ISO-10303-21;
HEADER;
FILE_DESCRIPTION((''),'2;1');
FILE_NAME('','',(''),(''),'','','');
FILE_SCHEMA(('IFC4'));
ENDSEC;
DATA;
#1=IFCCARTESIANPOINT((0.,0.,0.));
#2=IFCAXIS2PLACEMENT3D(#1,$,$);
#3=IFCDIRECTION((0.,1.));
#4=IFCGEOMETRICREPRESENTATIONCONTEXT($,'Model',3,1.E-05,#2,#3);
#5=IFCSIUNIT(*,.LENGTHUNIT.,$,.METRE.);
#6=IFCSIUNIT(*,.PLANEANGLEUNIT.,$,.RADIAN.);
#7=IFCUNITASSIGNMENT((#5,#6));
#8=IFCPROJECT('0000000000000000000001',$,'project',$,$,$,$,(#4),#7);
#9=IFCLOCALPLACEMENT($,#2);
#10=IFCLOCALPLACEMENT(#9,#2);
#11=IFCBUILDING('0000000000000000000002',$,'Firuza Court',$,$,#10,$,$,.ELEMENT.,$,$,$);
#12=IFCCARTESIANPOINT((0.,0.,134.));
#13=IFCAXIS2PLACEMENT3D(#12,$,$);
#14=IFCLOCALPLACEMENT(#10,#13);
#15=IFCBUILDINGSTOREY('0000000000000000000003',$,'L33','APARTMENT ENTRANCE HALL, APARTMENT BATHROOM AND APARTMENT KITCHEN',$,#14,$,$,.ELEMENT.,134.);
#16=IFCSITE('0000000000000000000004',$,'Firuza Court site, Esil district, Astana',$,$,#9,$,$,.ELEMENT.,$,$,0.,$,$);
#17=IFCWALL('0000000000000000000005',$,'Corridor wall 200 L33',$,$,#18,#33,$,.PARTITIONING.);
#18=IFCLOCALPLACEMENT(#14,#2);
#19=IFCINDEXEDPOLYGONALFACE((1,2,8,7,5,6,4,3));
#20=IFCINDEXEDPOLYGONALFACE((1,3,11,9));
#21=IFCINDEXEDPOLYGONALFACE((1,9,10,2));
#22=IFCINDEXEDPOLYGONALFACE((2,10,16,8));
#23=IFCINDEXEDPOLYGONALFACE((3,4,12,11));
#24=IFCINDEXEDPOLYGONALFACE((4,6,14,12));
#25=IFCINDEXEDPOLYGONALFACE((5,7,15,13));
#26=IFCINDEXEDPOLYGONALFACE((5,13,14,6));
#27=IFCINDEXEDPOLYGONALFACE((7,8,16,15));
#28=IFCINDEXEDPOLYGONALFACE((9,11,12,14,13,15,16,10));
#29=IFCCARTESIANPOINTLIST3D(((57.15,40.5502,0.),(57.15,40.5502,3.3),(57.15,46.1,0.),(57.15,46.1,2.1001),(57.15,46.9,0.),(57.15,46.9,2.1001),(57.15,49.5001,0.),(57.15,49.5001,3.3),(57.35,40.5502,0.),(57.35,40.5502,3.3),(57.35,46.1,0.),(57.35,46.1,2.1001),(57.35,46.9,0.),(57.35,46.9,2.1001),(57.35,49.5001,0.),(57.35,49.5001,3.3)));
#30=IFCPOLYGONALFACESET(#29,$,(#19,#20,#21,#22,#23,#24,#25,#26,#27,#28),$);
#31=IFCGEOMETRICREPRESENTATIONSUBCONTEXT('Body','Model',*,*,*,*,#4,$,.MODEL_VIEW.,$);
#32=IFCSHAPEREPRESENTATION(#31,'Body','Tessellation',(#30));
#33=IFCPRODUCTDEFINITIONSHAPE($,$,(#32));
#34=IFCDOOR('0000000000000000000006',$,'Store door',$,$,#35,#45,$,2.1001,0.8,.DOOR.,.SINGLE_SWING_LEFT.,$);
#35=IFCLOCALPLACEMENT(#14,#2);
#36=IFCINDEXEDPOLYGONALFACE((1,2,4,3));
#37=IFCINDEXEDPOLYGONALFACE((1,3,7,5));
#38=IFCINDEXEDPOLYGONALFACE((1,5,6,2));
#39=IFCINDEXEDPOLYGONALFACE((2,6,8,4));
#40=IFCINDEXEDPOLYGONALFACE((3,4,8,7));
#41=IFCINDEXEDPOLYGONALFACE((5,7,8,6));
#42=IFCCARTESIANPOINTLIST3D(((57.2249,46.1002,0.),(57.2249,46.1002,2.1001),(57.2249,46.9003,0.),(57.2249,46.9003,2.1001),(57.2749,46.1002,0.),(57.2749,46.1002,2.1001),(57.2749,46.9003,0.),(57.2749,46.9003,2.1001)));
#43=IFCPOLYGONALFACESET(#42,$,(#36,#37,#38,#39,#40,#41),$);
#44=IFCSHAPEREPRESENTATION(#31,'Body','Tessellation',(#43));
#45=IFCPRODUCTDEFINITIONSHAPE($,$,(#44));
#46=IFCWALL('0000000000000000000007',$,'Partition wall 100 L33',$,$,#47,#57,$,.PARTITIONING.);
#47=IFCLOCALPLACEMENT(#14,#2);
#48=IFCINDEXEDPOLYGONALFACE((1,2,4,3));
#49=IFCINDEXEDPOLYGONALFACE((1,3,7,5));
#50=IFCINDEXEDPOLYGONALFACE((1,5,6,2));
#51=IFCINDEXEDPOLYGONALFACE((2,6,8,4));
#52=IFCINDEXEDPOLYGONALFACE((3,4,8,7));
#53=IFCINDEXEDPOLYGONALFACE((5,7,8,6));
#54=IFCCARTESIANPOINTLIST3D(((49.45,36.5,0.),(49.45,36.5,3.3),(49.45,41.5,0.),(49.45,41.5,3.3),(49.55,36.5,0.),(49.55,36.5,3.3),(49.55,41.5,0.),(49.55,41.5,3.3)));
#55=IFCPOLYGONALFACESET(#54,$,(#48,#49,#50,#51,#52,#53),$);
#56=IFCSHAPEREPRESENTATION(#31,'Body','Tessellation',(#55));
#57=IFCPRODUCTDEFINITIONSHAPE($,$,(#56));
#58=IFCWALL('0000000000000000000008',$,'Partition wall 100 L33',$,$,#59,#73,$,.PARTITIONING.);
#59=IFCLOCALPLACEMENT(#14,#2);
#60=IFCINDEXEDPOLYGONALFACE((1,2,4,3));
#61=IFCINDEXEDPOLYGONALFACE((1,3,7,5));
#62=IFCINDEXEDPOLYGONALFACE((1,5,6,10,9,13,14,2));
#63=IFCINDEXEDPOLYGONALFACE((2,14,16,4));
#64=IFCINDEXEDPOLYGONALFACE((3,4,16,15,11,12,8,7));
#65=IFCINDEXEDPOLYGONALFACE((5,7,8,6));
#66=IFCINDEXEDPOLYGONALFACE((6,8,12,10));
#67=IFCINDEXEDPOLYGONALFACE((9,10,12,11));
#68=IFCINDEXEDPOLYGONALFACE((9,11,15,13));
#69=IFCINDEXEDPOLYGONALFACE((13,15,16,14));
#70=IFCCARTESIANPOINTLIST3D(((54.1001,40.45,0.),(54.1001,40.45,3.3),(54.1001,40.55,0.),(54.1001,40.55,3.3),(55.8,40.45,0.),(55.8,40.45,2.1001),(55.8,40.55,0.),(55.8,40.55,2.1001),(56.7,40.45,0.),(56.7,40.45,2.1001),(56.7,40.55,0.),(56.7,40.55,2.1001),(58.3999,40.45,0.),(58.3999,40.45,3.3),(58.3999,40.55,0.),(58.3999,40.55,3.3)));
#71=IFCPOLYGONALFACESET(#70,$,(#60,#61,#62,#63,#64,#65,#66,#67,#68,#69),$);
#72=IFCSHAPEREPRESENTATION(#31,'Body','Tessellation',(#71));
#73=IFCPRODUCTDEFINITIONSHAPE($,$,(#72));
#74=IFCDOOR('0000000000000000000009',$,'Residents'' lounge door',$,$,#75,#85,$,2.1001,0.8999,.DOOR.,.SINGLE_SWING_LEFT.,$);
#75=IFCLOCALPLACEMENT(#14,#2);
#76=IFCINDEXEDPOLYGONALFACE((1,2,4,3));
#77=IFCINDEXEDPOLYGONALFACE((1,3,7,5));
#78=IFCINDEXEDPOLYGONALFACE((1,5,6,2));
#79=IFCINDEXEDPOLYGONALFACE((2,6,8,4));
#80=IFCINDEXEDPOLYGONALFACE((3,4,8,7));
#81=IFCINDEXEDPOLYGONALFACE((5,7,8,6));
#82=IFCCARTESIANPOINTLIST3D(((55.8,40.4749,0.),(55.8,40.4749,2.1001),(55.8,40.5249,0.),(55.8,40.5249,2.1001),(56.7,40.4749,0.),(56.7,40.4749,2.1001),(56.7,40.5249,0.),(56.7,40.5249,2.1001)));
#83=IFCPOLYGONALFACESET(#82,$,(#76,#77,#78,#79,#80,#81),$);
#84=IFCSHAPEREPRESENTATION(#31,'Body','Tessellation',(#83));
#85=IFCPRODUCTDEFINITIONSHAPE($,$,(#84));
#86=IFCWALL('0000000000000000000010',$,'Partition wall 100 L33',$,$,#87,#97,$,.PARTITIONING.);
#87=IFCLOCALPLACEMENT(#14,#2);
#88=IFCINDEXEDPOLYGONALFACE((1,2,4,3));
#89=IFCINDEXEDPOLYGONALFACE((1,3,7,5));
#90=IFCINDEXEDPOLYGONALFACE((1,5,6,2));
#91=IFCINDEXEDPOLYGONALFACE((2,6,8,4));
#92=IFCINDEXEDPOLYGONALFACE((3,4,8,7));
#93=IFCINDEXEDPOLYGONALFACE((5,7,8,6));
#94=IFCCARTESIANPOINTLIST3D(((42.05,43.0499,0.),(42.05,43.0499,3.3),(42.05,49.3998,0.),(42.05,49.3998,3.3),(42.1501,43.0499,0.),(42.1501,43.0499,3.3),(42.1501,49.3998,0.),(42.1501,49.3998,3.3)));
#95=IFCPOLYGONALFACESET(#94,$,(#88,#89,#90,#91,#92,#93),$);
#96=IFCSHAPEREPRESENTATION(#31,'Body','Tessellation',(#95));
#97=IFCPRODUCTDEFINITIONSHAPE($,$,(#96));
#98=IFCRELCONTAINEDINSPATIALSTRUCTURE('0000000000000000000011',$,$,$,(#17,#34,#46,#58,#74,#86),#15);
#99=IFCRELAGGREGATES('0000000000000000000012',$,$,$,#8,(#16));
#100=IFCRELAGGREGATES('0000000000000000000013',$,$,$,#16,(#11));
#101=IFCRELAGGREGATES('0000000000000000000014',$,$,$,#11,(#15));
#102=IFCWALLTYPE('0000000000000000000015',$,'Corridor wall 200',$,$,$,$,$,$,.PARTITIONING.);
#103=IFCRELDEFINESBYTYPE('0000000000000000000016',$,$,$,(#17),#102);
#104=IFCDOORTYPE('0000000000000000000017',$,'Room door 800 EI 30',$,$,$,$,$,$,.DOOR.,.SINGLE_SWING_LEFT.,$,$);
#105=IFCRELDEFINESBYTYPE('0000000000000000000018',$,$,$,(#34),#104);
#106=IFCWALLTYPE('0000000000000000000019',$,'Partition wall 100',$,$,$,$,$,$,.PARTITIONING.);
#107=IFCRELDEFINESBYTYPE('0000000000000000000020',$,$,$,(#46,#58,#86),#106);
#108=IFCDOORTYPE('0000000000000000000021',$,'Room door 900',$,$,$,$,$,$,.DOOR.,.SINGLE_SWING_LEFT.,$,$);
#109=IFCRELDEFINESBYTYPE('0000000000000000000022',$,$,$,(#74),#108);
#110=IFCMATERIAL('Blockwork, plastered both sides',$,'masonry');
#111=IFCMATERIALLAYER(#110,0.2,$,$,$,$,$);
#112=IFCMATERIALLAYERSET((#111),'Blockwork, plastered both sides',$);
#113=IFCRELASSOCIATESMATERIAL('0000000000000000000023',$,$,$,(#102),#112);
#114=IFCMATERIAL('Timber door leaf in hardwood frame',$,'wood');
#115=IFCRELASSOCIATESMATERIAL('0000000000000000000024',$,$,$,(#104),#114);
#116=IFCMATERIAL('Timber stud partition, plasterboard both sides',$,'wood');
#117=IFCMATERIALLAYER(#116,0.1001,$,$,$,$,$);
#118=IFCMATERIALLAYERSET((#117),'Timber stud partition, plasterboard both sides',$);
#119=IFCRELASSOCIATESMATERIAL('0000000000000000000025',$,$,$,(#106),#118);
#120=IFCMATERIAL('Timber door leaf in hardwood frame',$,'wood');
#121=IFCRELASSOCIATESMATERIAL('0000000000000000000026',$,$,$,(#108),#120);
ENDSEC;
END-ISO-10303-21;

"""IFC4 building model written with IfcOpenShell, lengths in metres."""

from ifc_helpers import new_model, si_unit, direction, frame, frame_2d, origin, place, context, subcontext, project, spatial, rectangle, extrude, material, layer, layer_set, type_object, element, fill, save


model = new_model("IFC4")

# Units and contexts
model_context = context("Model", 3, precision=1e-05, world=origin(), true_north=direction((0.0, 1.0)))
body_context = subcontext(model_context, "Body", "Model", "MODEL_VIEW")
ifc_project = project(units=[si_unit("LENGTHUNIT", "METRE"), si_unit("PLANEANGLEUNIT", "RADIAN")], contexts=[model_context])

# Site, building, storey
site_placement = place(None, origin())
site = spatial("IfcSite", under=ifc_project, at=site_placement, Name="Firuza Court site, Esil district, Astana", CompositionType="ELEMENT", RefElevation=0.0)
building_placement = place(site_placement, origin())
building = spatial("IfcBuilding", under=site, at=building_placement, Name="Firuza Court", CompositionType="ELEMENT")
storey_placement = place(building_placement, frame((0.0, 0.0, 134.0)))
storey = spatial("IfcBuildingStorey", under=building, at=storey_placement, Name="L33", Description="APARTMENT ENTRANCE HALL, APARTMENT BATHROOM AND APARTMENT KITCHEN", CompositionType="ELEMENT", Elevation=134.0)

# Wall, opening, door
ifc_material_1 = material(Name="Blockwork, plastered both sides", Category="masonry")
ifc_layer_1 = layer(ifc_material_1, 0.2)
ifc_layer_set_1 = layer_set([ifc_layer_1], Name="Blockwork, plastered both sides")
wall_type_1 = type_object("IfcWallType", Name="Corridor wall 200", PredefinedType="PARTITIONING", material=ifc_layer_set_1)
ifc_material_2 = material(Name="Timber door leaf in hardwood frame", Category="wood")
door_type_1 = type_object("IfcDoorType", Name="Room door 800 EI 30", OperationType="SINGLE_SWING_LEFT", PredefinedType="DOOR", material=ifc_material_2)
wall_1_placement = place(storey_placement, frame((57.25, 40.55, 0.0), z_axis=(0.0, 0.0, 1.0), x_axis=(0.0, 1.0, 0.0)))
wall_1 = element("IfcWall", 1, at=wall_1_placement, inside=storey, type_object=wall_type_1, Name="Corridor wall 200 L33", PredefinedType="PARTITIONING", context=body_context, shape_type="SweptSolid", body=[
    extrude(rectangle(XDim=8.95, YDim=0.2, at=frame_2d((4.4751, 0.0))), origin(), (0.0, 0.0, 1.0), 3.3),
])
opening_1_placement = place(wall_1_placement, frame((5.55, 0.0, 0.0)))
opening_1 = element("IfcOpeningElement", 2, at=opening_1_placement, cuts=wall_1, PredefinedType="OPENING", context=body_context, shape_type="SweptSolid", body=[
    extrude(rectangle(XDim=0.8, YDim=2.1001, at=frame_2d((0.3999, 1.05))), frame((0.0, 0.1118, 0.0), z_axis=(0.0, -1.0, 0.0), x_axis=(1.0, 0.0, 0.0)), (0.0, 0.0, 1.0), 0.2239),
])
door_1_placement = place(opening_1_placement, frame((0.8, 0.0, 0.0), z_axis=(0.0, 0.0, 1.0), x_axis=(-1.0, 0.0, 0.0)))
door_1 = element("IfcDoor", 3, at=door_1_placement, inside=storey, type_object=door_type_1, Name="Store door", OperationType="SINGLE_SWING_LEFT", OverallHeight=2.1001, OverallWidth=0.8, PredefinedType="DOOR", context=body_context, shape_type="SweptSolid", body=[
    extrude(rectangle(XDim=0.8, YDim=2.1001, at=frame_2d((0.3999, 1.05))), frame((0.0, 0.0249, 0.0), z_axis=(0.0, -1.0, 0.0), x_axis=(1.0, 0.0, 0.0)), (0.0, 0.0, 1.0), 0.05),
])
fill(opening_1, door_1)

# Wall
ifc_material_3 = material(Name="Timber stud partition, plasterboard both sides", Category="wood")
ifc_layer_2 = layer(ifc_material_3, 0.1001)
ifc_layer_set_2 = layer_set([ifc_layer_2], Name="Timber stud partition, plasterboard both sides")
wall_type_2 = type_object("IfcWallType", Name="Partition wall 100", PredefinedType="PARTITIONING", material=ifc_layer_set_2)
wall_2_placement = place(storey_placement, frame((49.5, 36.5, 0.0), z_axis=(0.0, 0.0, 1.0), x_axis=(0.0, 1.0, 0.0)))
element("IfcWall", 4, at=wall_2_placement, inside=storey, type_object=wall_type_2, Name="Partition wall 100 L33", PredefinedType="PARTITIONING", context=body_context, shape_type="SweptSolid", body=[
    extrude(rectangle(XDim=5.0, YDim=0.1001, at=frame_2d((2.5, 0.0))), origin(), (0.0, 0.0, 1.0), 3.3),
])

# Wall, opening, door
wall_3_placement = place(storey_placement, frame((54.1001, 40.5, 0.0), z_axis=(0.0, 0.0, 1.0), x_axis=(1.0, 0.0, 0.0)))
wall_3 = element("IfcWall", 5, at=wall_3_placement, inside=storey, type_object=wall_type_2, Name="Partition wall 100 L33", PredefinedType="PARTITIONING", context=body_context, shape_type="SweptSolid", body=[
    extrude(rectangle(XDim=4.2998, YDim=0.1001, at=frame_2d((2.1499, 0.0))), origin(), (0.0, 0.0, 1.0), 3.3),
])
opening_2_placement = place(wall_3_placement, frame((1.7, 0.0, 0.0)))
opening_2 = element("IfcOpeningElement", 6, at=opening_2_placement, cuts=wall_3, PredefinedType="OPENING", context=body_context, shape_type="SweptSolid", body=[
    extrude(rectangle(XDim=0.8999, YDim=2.1001, at=frame_2d((0.45, 1.05))), frame((0.0, 0.062, 0.0), z_axis=(0.0, -1.0, 0.0), x_axis=(1.0, 0.0, 0.0)), (0.0, 0.0, 1.0), 0.124),
])
ifc_material_4 = material(Name="Timber door leaf in hardwood frame", Category="wood")
door_type_2 = type_object("IfcDoorType", Name="Room door 900", OperationType="SINGLE_SWING_LEFT", PredefinedType="DOOR", material=ifc_material_4)
door_2_placement = place(opening_2_placement, origin())
door_2 = element("IfcDoor", 7, at=door_2_placement, inside=storey, type_object=door_type_2, Name="Residents' lounge door", OperationType="SINGLE_SWING_LEFT", OverallHeight=2.1001, OverallWidth=0.8999, PredefinedType="DOOR", context=body_context, shape_type="SweptSolid", body=[
    extrude(rectangle(XDim=0.8999, YDim=2.1001, at=frame_2d((0.45, 1.05))), frame((0.0, 0.0249, 0.0), z_axis=(0.0, -1.0, 0.0), x_axis=(1.0, 0.0, 0.0)), (0.0, 0.0, 1.0), 0.05),
])
fill(opening_2, door_2)

# Wall
wall_4_placement = place(storey_placement, frame((42.1001, 43.05, 0.0), z_axis=(0.0, 0.0, 1.0), x_axis=(0.0, 1.0, 0.0)))
element("IfcWall", 8, at=wall_4_placement, inside=storey, type_object=wall_type_2, Name="Partition wall 100 L33", PredefinedType="PARTITIONING", context=body_context, shape_type="SweptSolid", body=[
    extrude(rectangle(XDim=6.3499, YDim=0.1001, at=frame_2d((3.1748, 0.0))), origin(), (0.0, 0.0, 1.0), 3.3),
])

save(model, "model.ifc")
